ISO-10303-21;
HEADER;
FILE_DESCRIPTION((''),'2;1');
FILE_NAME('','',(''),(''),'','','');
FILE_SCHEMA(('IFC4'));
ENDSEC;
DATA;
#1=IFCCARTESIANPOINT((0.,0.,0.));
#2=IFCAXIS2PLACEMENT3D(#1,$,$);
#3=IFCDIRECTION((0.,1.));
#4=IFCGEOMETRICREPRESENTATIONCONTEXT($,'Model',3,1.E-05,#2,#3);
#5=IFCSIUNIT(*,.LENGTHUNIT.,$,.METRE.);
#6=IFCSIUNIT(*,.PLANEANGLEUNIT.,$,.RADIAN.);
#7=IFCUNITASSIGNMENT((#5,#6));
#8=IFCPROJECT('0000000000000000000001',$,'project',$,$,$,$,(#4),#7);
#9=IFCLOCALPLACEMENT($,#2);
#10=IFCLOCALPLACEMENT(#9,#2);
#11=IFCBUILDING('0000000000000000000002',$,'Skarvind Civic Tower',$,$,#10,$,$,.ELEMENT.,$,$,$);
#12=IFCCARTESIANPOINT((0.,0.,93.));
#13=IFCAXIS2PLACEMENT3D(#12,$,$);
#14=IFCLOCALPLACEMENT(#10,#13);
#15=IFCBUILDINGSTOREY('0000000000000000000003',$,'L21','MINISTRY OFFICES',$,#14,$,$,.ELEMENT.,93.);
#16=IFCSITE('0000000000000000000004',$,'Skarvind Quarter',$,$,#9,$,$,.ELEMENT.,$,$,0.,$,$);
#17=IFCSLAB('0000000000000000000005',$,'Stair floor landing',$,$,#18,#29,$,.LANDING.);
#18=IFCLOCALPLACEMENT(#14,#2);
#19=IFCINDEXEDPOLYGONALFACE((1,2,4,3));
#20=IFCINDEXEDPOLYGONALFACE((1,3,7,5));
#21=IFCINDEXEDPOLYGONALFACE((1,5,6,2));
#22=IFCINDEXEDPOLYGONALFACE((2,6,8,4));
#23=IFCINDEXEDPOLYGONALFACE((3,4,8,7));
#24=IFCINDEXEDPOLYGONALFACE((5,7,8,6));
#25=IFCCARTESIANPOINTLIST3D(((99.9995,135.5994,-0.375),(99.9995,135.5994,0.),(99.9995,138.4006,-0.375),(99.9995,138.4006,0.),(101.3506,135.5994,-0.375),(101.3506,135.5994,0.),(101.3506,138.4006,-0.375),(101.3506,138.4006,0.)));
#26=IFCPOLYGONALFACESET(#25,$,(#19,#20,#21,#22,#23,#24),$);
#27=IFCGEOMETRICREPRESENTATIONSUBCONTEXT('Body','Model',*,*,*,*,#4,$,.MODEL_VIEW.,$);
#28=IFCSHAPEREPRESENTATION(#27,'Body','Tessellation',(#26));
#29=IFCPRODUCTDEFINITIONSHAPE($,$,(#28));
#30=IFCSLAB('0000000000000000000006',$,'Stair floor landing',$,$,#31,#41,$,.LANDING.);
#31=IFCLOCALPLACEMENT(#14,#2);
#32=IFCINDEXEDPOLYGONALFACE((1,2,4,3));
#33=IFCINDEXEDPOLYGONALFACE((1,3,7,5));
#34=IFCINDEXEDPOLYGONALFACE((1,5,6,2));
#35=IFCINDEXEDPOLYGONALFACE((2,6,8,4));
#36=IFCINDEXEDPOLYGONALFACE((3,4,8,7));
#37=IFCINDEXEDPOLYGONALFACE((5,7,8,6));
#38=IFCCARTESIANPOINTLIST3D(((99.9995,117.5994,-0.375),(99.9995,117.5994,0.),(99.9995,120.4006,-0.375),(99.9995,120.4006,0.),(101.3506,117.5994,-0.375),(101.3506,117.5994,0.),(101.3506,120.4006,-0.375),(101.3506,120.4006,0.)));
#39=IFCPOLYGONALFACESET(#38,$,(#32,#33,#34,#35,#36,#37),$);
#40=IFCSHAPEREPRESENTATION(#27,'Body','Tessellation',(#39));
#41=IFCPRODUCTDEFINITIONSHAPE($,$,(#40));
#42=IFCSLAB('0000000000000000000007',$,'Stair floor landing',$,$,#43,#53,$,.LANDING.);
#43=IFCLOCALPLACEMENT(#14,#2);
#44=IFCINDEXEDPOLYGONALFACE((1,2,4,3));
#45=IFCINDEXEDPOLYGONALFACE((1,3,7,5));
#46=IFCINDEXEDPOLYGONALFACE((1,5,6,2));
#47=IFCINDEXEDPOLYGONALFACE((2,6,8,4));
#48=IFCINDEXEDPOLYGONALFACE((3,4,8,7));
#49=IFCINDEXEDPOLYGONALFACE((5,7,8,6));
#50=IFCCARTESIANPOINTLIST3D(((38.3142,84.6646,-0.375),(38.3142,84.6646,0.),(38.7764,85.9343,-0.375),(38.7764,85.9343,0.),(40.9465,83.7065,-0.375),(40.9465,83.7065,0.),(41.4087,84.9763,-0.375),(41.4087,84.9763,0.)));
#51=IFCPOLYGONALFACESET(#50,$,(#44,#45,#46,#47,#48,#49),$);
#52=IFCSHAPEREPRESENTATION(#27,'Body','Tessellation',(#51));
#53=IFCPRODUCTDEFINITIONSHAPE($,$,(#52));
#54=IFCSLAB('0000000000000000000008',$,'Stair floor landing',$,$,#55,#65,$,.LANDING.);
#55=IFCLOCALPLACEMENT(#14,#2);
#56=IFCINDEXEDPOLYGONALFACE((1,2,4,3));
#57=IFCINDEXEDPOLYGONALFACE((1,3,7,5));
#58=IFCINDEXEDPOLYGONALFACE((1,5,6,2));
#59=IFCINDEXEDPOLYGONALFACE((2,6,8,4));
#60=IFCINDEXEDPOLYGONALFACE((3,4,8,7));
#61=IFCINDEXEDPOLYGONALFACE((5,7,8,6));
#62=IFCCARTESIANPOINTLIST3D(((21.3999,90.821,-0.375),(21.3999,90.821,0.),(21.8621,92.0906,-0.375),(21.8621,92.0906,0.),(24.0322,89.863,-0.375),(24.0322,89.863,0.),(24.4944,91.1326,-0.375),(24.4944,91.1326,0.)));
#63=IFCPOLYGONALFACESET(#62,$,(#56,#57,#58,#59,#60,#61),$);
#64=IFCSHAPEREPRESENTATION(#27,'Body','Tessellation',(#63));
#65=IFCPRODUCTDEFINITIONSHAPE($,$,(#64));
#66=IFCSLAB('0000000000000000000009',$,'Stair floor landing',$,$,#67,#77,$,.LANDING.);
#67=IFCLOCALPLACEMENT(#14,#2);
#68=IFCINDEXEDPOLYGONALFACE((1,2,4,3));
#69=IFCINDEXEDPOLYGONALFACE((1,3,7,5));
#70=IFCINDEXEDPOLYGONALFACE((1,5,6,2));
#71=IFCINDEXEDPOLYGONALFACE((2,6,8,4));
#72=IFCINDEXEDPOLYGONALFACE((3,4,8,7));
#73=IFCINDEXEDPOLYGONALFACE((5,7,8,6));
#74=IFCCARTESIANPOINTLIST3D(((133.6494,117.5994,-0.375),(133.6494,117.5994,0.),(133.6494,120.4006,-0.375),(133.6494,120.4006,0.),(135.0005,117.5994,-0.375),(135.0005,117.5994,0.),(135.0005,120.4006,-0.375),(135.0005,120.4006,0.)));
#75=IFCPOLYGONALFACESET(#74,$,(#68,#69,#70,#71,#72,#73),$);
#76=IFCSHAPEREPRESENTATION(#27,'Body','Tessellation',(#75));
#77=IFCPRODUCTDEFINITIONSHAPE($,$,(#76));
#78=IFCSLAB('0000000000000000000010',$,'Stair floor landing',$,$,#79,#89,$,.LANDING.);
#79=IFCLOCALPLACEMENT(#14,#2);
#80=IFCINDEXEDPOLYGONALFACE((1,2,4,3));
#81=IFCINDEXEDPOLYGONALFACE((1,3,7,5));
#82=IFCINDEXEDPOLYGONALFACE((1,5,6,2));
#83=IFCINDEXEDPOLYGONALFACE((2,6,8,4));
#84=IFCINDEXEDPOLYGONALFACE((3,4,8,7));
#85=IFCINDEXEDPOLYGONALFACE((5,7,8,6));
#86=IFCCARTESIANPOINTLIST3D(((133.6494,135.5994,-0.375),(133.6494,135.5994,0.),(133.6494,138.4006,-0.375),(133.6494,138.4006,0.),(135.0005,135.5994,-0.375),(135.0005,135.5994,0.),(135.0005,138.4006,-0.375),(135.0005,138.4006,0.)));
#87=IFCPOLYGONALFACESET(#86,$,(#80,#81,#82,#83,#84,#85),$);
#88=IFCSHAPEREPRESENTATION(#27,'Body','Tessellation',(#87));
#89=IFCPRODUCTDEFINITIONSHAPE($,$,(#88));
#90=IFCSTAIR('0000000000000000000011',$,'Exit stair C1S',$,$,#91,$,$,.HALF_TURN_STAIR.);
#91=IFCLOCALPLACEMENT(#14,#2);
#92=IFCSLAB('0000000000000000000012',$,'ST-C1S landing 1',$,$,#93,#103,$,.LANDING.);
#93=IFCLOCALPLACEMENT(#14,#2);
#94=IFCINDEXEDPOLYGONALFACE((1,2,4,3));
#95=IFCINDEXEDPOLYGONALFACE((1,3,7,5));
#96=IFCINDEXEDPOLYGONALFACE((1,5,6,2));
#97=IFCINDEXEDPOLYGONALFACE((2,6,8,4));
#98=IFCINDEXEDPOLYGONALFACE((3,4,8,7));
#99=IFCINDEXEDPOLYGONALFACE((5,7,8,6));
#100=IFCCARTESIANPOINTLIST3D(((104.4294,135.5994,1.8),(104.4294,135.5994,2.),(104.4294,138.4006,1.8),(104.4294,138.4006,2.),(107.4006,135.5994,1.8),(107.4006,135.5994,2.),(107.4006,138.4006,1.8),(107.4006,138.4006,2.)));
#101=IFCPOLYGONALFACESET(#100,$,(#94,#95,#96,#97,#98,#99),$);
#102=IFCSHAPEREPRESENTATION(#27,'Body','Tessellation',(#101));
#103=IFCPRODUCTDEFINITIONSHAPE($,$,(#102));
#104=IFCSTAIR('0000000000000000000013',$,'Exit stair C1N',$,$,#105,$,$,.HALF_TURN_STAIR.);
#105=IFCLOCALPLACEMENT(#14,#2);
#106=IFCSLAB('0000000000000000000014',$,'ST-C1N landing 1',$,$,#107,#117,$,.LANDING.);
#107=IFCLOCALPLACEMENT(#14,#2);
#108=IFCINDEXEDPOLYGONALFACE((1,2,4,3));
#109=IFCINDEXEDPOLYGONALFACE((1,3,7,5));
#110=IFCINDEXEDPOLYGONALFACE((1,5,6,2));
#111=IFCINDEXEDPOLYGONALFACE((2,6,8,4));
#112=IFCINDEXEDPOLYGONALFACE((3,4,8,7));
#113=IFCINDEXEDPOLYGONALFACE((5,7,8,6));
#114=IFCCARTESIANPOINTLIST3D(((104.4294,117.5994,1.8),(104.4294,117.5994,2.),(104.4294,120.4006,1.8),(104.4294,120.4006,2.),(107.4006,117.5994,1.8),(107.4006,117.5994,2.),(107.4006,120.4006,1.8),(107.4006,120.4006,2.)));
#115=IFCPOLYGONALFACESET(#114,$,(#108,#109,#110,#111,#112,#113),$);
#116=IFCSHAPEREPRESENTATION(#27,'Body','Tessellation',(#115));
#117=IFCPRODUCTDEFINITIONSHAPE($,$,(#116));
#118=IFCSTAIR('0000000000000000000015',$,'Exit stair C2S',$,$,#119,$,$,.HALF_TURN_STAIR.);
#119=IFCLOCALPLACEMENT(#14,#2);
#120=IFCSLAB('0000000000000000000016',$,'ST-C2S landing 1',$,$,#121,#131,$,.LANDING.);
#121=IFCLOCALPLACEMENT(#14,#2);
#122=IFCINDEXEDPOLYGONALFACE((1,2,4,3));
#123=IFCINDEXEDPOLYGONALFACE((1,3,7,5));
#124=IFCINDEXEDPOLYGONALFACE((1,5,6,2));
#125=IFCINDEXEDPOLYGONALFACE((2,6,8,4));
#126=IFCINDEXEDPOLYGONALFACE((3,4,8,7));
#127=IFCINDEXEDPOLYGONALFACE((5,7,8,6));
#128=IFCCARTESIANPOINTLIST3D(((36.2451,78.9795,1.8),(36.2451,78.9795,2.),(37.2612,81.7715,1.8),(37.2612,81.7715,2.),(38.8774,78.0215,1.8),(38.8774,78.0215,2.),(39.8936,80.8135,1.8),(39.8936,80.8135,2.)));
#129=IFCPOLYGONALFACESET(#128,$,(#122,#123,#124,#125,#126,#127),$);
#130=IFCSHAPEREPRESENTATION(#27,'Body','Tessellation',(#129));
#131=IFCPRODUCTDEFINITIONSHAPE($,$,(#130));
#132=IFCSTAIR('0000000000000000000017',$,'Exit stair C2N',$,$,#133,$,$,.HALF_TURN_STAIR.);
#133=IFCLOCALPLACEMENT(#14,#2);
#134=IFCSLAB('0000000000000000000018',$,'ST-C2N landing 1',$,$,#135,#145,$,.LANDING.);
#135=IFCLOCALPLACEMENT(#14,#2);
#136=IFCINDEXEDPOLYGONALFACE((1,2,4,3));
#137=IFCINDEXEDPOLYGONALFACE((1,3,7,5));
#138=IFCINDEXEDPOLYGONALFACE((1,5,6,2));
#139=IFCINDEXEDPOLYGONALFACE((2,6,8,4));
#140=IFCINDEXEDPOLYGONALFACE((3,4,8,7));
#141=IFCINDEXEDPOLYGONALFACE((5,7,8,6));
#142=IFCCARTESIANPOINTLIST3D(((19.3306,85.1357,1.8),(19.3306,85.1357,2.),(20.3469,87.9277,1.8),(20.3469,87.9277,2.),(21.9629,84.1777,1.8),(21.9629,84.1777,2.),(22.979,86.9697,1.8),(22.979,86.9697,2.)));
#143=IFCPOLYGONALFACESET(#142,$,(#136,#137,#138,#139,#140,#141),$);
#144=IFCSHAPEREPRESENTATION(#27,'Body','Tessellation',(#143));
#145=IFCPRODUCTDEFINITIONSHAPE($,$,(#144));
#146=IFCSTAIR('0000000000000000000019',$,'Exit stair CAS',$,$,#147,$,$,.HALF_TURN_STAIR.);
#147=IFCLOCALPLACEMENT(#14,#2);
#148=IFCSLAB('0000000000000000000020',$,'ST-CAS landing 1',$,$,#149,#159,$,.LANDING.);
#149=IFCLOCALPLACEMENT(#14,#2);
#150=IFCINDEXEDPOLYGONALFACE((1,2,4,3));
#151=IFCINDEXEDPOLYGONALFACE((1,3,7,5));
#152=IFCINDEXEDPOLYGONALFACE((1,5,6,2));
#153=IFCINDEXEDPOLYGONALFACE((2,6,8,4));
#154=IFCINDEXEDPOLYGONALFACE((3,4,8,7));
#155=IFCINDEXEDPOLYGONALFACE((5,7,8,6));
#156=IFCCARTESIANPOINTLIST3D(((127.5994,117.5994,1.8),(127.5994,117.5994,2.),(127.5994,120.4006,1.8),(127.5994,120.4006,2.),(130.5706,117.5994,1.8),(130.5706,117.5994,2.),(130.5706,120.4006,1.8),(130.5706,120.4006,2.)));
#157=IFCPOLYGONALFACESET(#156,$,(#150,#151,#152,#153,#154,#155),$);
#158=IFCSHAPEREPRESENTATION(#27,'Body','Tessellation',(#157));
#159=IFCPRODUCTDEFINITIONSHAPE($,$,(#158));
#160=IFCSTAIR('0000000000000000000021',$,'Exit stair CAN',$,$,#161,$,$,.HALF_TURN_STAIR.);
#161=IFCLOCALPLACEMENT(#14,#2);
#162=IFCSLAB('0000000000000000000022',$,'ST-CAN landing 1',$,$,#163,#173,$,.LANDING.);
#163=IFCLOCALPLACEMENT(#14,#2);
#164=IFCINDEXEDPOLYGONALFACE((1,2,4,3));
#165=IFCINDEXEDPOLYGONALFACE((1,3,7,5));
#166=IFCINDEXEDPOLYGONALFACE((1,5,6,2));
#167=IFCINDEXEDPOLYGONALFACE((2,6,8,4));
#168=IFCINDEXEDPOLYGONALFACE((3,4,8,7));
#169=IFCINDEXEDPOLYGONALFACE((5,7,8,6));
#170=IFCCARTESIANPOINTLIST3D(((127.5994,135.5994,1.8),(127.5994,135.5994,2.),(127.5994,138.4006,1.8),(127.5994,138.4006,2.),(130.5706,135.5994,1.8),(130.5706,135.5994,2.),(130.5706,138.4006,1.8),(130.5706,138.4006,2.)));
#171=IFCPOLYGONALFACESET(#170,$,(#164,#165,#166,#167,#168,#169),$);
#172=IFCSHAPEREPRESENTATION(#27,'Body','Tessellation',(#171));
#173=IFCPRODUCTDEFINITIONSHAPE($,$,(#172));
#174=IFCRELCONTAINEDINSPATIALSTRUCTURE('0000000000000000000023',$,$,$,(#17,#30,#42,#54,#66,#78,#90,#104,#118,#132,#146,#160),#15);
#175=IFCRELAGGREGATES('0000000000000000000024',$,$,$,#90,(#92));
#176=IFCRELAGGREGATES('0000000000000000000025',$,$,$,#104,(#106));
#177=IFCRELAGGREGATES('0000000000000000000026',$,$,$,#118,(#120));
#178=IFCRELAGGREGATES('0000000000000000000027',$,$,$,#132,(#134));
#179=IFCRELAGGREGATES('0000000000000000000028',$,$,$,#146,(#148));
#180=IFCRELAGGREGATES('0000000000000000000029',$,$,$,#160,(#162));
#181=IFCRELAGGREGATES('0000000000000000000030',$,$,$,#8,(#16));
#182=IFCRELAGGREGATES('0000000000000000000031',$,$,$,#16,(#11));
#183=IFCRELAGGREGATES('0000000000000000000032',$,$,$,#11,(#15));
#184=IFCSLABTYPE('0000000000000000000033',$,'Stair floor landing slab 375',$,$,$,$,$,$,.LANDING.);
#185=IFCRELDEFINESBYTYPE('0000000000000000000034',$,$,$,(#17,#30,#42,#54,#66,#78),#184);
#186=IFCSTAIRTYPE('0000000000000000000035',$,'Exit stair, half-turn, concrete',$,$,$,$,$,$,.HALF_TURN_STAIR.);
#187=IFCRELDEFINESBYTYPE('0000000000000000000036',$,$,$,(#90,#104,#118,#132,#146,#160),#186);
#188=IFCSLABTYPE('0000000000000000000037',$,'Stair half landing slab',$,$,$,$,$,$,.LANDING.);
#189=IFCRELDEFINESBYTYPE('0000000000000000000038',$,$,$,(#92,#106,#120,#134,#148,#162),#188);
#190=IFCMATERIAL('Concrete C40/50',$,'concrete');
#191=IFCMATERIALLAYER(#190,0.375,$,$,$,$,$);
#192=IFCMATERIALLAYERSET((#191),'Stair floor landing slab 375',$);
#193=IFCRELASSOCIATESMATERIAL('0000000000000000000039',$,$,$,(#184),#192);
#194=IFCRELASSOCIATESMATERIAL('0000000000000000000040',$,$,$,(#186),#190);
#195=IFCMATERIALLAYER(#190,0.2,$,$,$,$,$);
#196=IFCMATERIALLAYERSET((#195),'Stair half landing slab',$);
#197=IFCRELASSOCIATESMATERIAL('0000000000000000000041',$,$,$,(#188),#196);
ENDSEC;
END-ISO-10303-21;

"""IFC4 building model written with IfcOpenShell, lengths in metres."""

from ifc_helpers import new_model, si_unit, direction, frame, origin, place, context, subcontext, project, spatial, polyline, outline, extrude, material, layer, layer_set, type_object, element, aggregate, save


model = new_model("IFC4")

# Units and contexts
model_context = context("Model", 3, precision=1e-05, world=origin(), true_north=direction((0.0, 1.0)))
body_context = subcontext(model_context, "Body", "Model", "MODEL_VIEW")
ifc_project = project(units=[si_unit("LENGTHUNIT", "METRE"), si_unit("PLANEANGLEUNIT", "RADIAN")], contexts=[model_context])

# Site, building, storey
site_placement = place(None, origin())
site = spatial("IfcSite", under=ifc_project, at=site_placement, Name="Skarvind Quarter", CompositionType="ELEMENT", RefElevation=0.0)
building_placement = place(site_placement, origin())
building = spatial("IfcBuilding", under=site, at=building_placement, Name="Skarvind Civic Tower", CompositionType="ELEMENT")
storey_placement = place(building_placement, frame((0.0, 0.0, 93.0)))
storey = spatial("IfcBuildingStorey", under=building, at=storey_placement, Name="L21", Description="MINISTRY OFFICES", CompositionType="ELEMENT", Elevation=93.0)

# Slabs
ifc_material_1 = material(Name="Concrete C40/50", Category="concrete")
ifc_layer_1 = layer(ifc_material_1, 0.375)
ifc_layer_set_1 = layer_set([ifc_layer_1], Name="Stair floor landing slab 375")
slab_type_1 = type_object("IfcSlabType", Name="Stair floor landing slab 375", PredefinedType="LANDING", material=ifc_layer_set_1)
slab_1_placement = place(storey_placement, frame((0.0, 0.0, -0.375)))
element("IfcSlab", 1, at=slab_1_placement, inside=storey, type_object=slab_type_1, Name="Stair floor landing", PredefinedType="LANDING", context=body_context, shape_type="SweptSolid", body=[
    extrude(outline(polyline([(101.3506, 138.4006), (101.3506, 135.5994), (99.9995, 135.5994), (99.9995, 138.4006), (101.3506, 138.4006)])), origin(), (0.0, 0.0, 1.0), 0.375),
])
slab_2_placement = place(storey_placement, frame((0.0, 0.0, -0.375)))
element("IfcSlab", 2, at=slab_2_placement, inside=storey, type_object=slab_type_1, Name="Stair floor landing", PredefinedType="LANDING", context=body_context, shape_type="SweptSolid", body=[
    extrude(outline(polyline([(101.3506, 120.4006), (101.3506, 117.5994), (99.9995, 117.5994), (99.9995, 120.4006), (101.3506, 120.4006)])), origin(), (0.0, 0.0, 1.0), 0.375),
])
slab_3_placement = place(storey_placement, frame((0.0, 0.0, -0.375)))
element("IfcSlab", 3, at=slab_3_placement, inside=storey, type_object=slab_type_1, Name="Stair floor landing", PredefinedType="LANDING", context=body_context, shape_type="SweptSolid", body=[
    extrude(outline(polyline([(40.9465, 83.7065), (38.3142, 84.6646), (38.7764, 85.9343), (41.4087, 84.9763), (40.9465, 83.7065)])), origin(), (0.0, 0.0, 1.0), 0.375),
])
slab_4_placement = place(storey_placement, frame((0.0, 0.0, -0.375)))
element("IfcSlab", 4, at=slab_4_placement, inside=storey, type_object=slab_type_1, Name="Stair floor landing", PredefinedType="LANDING", context=body_context, shape_type="SweptSolid", body=[
    extrude(outline(polyline([(24.0322, 89.863), (21.3999, 90.821), (21.8621, 92.0906), (24.4944, 91.1326), (24.0322, 89.863)])), origin(), (0.0, 0.0, 1.0), 0.375),
])
slab_5_placement = place(storey_placement, frame((0.0, 0.0, -0.375)))
element("IfcSlab", 5, at=slab_5_placement, inside=storey, type_object=slab_type_1, Name="Stair floor landing", PredefinedType="LANDING", context=body_context, shape_type="SweptSolid", body=[
    extrude(outline(polyline([(133.6494, 117.5994), (133.6494, 120.4006), (135.0005, 120.4006), (135.0005, 117.5994), (133.6494, 117.5994)])), origin(), (0.0, 0.0, 1.0), 0.375),
])
slab_6_placement = place(storey_placement, frame((0.0, 0.0, -0.375)))
element("IfcSlab", 6, at=slab_6_placement, inside=storey, type_object=slab_type_1, Name="Stair floor landing", PredefinedType="LANDING", context=body_context, shape_type="SweptSolid", body=[
    extrude(outline(polyline([(133.6494, 135.5994), (133.6494, 138.4006), (135.0005, 138.4006), (135.0005, 135.5994), (133.6494, 135.5994)])), origin(), (0.0, 0.0, 1.0), 0.375),
])

# Stairs, slabs
stair_type = type_object("IfcStairType", Name="Exit stair, half-turn, concrete", PredefinedType="HALF_TURN_STAIR", material=ifc_material_1)
stair_1_placement = place(storey_placement, origin())
stair_1 = element("IfcStair", 7, at=stair_1_placement, inside=storey, type_object=stair_type, Name="Exit stair C1S", PredefinedType="HALF_TURN_STAIR")
ifc_layer_2 = layer(ifc_material_1, 0.2)
ifc_layer_set_2 = layer_set([ifc_layer_2], Name="Stair half landing slab")
slab_type_2 = type_object("IfcSlabType", Name="Stair half landing slab", PredefinedType="LANDING", material=ifc_layer_set_2)
slab_7_placement = place(storey_placement, frame((0.0, 0.0, 1.8)))
slab_7 = element("IfcSlab", 8, at=slab_7_placement, type_object=slab_type_2, Name="ST-C1S landing 1", PredefinedType="LANDING", context=body_context, shape_type="SweptSolid", body=[
    extrude(outline(polyline([(104.4294, 135.5994), (104.4294, 138.4006), (107.4006, 138.4006), (107.4006, 135.5994), (104.4294, 135.5994)])), origin(), (0.0, 0.0, 1.0), 0.2),
])
aggregate(stair_1, [slab_7])
stair_2_placement = place(storey_placement, origin())
stair_2 = element("IfcStair", 9, at=stair_2_placement, inside=storey, type_object=stair_type, Name="Exit stair C1N", PredefinedType="HALF_TURN_STAIR")
slab_8_placement = place(storey_placement, frame((0.0, 0.0, 1.8)))
slab_8 = element("IfcSlab", 10, at=slab_8_placement, type_object=slab_type_2, Name="ST-C1N landing 1", PredefinedType="LANDING", context=body_context, shape_type="SweptSolid", body=[
    extrude(outline(polyline([(104.4294, 117.5994), (104.4294, 120.4006), (107.4006, 120.4006), (107.4006, 117.5994), (104.4294, 117.5994)])), origin(), (0.0, 0.0, 1.0), 0.2),
])
aggregate(stair_2, [slab_8])
stair_3_placement = place(storey_placement, origin())
stair_3 = element("IfcStair", 11, at=stair_3_placement, inside=storey, type_object=stair_type, Name="Exit stair C2S", PredefinedType="HALF_TURN_STAIR")
slab_9_placement = place(storey_placement, frame((0.0, 0.0, 1.8)))
slab_9 = element("IfcSlab", 12, at=slab_9_placement, type_object=slab_type_2, Name="ST-C2S landing 1", PredefinedType="LANDING", context=body_context, shape_type="SweptSolid", body=[
    extrude(outline(polyline([(37.2612, 81.7715), (39.8936, 80.8135), (38.8774, 78.0215), (36.2451, 78.9795), (37.2612, 81.7715)])), origin(), (0.0, 0.0, 1.0), 0.2),
])
aggregate(stair_3, [slab_9])
stair_4_placement = place(storey_placement, origin())
stair_4 = element("IfcStair", 13, at=stair_4_placement, inside=storey, type_object=stair_type, Name="Exit stair C2N", PredefinedType="HALF_TURN_STAIR")
slab_10_placement = place(storey_placement, frame((0.0, 0.0, 1.8)))
slab_10 = element("IfcSlab", 14, at=slab_10_placement, type_object=slab_type_2, Name="ST-C2N landing 1", PredefinedType="LANDING", context=body_context, shape_type="SweptSolid", body=[
    extrude(outline(polyline([(20.3469, 87.9277), (22.979, 86.9697), (21.9629, 84.1777), (19.3306, 85.1357), (20.3469, 87.9277)])), origin(), (0.0, 0.0, 1.0), 0.2),
])
aggregate(stair_4, [slab_10])
stair_5_placement = place(storey_placement, origin())
stair_5 = element("IfcStair", 15, at=stair_5_placement, inside=storey, type_object=stair_type, Name="Exit stair CAS", PredefinedType="HALF_TURN_STAIR")
slab_11_placement = place(storey_placement, frame((0.0, 0.0, 1.8)))
slab_11 = element("IfcSlab", 16, at=slab_11_placement, type_object=slab_type_2, Name="ST-CAS landing 1", PredefinedType="LANDING", context=body_context, shape_type="SweptSolid", body=[
    extrude(outline(polyline([(130.5706, 120.4006), (130.5706, 117.5994), (127.5994, 117.5994), (127.5994, 120.4006), (130.5706, 120.4006)])), origin(), (0.0, 0.0, 1.0), 0.2),
])
aggregate(stair_5, [slab_11])
stair_6_placement = place(storey_placement, origin())
stair_6 = element("IfcStair", 17, at=stair_6_placement, inside=storey, type_object=stair_type, Name="Exit stair CAN", PredefinedType="HALF_TURN_STAIR")
slab_12_placement = place(storey_placement, frame((0.0, 0.0, 1.8)))
slab_12 = element("IfcSlab", 18, at=slab_12_placement, type_object=slab_type_2, Name="ST-CAN landing 1", PredefinedType="LANDING", context=body_context, shape_type="SweptSolid", body=[
    extrude(outline(polyline([(130.5706, 138.4006), (130.5706, 135.5994), (127.5994, 135.5994), (127.5994, 138.4006), (130.5706, 138.4006)])), origin(), (0.0, 0.0, 1.0), 0.2),
])
aggregate(stair_6, [slab_12])

save(model, "model.ifc")
